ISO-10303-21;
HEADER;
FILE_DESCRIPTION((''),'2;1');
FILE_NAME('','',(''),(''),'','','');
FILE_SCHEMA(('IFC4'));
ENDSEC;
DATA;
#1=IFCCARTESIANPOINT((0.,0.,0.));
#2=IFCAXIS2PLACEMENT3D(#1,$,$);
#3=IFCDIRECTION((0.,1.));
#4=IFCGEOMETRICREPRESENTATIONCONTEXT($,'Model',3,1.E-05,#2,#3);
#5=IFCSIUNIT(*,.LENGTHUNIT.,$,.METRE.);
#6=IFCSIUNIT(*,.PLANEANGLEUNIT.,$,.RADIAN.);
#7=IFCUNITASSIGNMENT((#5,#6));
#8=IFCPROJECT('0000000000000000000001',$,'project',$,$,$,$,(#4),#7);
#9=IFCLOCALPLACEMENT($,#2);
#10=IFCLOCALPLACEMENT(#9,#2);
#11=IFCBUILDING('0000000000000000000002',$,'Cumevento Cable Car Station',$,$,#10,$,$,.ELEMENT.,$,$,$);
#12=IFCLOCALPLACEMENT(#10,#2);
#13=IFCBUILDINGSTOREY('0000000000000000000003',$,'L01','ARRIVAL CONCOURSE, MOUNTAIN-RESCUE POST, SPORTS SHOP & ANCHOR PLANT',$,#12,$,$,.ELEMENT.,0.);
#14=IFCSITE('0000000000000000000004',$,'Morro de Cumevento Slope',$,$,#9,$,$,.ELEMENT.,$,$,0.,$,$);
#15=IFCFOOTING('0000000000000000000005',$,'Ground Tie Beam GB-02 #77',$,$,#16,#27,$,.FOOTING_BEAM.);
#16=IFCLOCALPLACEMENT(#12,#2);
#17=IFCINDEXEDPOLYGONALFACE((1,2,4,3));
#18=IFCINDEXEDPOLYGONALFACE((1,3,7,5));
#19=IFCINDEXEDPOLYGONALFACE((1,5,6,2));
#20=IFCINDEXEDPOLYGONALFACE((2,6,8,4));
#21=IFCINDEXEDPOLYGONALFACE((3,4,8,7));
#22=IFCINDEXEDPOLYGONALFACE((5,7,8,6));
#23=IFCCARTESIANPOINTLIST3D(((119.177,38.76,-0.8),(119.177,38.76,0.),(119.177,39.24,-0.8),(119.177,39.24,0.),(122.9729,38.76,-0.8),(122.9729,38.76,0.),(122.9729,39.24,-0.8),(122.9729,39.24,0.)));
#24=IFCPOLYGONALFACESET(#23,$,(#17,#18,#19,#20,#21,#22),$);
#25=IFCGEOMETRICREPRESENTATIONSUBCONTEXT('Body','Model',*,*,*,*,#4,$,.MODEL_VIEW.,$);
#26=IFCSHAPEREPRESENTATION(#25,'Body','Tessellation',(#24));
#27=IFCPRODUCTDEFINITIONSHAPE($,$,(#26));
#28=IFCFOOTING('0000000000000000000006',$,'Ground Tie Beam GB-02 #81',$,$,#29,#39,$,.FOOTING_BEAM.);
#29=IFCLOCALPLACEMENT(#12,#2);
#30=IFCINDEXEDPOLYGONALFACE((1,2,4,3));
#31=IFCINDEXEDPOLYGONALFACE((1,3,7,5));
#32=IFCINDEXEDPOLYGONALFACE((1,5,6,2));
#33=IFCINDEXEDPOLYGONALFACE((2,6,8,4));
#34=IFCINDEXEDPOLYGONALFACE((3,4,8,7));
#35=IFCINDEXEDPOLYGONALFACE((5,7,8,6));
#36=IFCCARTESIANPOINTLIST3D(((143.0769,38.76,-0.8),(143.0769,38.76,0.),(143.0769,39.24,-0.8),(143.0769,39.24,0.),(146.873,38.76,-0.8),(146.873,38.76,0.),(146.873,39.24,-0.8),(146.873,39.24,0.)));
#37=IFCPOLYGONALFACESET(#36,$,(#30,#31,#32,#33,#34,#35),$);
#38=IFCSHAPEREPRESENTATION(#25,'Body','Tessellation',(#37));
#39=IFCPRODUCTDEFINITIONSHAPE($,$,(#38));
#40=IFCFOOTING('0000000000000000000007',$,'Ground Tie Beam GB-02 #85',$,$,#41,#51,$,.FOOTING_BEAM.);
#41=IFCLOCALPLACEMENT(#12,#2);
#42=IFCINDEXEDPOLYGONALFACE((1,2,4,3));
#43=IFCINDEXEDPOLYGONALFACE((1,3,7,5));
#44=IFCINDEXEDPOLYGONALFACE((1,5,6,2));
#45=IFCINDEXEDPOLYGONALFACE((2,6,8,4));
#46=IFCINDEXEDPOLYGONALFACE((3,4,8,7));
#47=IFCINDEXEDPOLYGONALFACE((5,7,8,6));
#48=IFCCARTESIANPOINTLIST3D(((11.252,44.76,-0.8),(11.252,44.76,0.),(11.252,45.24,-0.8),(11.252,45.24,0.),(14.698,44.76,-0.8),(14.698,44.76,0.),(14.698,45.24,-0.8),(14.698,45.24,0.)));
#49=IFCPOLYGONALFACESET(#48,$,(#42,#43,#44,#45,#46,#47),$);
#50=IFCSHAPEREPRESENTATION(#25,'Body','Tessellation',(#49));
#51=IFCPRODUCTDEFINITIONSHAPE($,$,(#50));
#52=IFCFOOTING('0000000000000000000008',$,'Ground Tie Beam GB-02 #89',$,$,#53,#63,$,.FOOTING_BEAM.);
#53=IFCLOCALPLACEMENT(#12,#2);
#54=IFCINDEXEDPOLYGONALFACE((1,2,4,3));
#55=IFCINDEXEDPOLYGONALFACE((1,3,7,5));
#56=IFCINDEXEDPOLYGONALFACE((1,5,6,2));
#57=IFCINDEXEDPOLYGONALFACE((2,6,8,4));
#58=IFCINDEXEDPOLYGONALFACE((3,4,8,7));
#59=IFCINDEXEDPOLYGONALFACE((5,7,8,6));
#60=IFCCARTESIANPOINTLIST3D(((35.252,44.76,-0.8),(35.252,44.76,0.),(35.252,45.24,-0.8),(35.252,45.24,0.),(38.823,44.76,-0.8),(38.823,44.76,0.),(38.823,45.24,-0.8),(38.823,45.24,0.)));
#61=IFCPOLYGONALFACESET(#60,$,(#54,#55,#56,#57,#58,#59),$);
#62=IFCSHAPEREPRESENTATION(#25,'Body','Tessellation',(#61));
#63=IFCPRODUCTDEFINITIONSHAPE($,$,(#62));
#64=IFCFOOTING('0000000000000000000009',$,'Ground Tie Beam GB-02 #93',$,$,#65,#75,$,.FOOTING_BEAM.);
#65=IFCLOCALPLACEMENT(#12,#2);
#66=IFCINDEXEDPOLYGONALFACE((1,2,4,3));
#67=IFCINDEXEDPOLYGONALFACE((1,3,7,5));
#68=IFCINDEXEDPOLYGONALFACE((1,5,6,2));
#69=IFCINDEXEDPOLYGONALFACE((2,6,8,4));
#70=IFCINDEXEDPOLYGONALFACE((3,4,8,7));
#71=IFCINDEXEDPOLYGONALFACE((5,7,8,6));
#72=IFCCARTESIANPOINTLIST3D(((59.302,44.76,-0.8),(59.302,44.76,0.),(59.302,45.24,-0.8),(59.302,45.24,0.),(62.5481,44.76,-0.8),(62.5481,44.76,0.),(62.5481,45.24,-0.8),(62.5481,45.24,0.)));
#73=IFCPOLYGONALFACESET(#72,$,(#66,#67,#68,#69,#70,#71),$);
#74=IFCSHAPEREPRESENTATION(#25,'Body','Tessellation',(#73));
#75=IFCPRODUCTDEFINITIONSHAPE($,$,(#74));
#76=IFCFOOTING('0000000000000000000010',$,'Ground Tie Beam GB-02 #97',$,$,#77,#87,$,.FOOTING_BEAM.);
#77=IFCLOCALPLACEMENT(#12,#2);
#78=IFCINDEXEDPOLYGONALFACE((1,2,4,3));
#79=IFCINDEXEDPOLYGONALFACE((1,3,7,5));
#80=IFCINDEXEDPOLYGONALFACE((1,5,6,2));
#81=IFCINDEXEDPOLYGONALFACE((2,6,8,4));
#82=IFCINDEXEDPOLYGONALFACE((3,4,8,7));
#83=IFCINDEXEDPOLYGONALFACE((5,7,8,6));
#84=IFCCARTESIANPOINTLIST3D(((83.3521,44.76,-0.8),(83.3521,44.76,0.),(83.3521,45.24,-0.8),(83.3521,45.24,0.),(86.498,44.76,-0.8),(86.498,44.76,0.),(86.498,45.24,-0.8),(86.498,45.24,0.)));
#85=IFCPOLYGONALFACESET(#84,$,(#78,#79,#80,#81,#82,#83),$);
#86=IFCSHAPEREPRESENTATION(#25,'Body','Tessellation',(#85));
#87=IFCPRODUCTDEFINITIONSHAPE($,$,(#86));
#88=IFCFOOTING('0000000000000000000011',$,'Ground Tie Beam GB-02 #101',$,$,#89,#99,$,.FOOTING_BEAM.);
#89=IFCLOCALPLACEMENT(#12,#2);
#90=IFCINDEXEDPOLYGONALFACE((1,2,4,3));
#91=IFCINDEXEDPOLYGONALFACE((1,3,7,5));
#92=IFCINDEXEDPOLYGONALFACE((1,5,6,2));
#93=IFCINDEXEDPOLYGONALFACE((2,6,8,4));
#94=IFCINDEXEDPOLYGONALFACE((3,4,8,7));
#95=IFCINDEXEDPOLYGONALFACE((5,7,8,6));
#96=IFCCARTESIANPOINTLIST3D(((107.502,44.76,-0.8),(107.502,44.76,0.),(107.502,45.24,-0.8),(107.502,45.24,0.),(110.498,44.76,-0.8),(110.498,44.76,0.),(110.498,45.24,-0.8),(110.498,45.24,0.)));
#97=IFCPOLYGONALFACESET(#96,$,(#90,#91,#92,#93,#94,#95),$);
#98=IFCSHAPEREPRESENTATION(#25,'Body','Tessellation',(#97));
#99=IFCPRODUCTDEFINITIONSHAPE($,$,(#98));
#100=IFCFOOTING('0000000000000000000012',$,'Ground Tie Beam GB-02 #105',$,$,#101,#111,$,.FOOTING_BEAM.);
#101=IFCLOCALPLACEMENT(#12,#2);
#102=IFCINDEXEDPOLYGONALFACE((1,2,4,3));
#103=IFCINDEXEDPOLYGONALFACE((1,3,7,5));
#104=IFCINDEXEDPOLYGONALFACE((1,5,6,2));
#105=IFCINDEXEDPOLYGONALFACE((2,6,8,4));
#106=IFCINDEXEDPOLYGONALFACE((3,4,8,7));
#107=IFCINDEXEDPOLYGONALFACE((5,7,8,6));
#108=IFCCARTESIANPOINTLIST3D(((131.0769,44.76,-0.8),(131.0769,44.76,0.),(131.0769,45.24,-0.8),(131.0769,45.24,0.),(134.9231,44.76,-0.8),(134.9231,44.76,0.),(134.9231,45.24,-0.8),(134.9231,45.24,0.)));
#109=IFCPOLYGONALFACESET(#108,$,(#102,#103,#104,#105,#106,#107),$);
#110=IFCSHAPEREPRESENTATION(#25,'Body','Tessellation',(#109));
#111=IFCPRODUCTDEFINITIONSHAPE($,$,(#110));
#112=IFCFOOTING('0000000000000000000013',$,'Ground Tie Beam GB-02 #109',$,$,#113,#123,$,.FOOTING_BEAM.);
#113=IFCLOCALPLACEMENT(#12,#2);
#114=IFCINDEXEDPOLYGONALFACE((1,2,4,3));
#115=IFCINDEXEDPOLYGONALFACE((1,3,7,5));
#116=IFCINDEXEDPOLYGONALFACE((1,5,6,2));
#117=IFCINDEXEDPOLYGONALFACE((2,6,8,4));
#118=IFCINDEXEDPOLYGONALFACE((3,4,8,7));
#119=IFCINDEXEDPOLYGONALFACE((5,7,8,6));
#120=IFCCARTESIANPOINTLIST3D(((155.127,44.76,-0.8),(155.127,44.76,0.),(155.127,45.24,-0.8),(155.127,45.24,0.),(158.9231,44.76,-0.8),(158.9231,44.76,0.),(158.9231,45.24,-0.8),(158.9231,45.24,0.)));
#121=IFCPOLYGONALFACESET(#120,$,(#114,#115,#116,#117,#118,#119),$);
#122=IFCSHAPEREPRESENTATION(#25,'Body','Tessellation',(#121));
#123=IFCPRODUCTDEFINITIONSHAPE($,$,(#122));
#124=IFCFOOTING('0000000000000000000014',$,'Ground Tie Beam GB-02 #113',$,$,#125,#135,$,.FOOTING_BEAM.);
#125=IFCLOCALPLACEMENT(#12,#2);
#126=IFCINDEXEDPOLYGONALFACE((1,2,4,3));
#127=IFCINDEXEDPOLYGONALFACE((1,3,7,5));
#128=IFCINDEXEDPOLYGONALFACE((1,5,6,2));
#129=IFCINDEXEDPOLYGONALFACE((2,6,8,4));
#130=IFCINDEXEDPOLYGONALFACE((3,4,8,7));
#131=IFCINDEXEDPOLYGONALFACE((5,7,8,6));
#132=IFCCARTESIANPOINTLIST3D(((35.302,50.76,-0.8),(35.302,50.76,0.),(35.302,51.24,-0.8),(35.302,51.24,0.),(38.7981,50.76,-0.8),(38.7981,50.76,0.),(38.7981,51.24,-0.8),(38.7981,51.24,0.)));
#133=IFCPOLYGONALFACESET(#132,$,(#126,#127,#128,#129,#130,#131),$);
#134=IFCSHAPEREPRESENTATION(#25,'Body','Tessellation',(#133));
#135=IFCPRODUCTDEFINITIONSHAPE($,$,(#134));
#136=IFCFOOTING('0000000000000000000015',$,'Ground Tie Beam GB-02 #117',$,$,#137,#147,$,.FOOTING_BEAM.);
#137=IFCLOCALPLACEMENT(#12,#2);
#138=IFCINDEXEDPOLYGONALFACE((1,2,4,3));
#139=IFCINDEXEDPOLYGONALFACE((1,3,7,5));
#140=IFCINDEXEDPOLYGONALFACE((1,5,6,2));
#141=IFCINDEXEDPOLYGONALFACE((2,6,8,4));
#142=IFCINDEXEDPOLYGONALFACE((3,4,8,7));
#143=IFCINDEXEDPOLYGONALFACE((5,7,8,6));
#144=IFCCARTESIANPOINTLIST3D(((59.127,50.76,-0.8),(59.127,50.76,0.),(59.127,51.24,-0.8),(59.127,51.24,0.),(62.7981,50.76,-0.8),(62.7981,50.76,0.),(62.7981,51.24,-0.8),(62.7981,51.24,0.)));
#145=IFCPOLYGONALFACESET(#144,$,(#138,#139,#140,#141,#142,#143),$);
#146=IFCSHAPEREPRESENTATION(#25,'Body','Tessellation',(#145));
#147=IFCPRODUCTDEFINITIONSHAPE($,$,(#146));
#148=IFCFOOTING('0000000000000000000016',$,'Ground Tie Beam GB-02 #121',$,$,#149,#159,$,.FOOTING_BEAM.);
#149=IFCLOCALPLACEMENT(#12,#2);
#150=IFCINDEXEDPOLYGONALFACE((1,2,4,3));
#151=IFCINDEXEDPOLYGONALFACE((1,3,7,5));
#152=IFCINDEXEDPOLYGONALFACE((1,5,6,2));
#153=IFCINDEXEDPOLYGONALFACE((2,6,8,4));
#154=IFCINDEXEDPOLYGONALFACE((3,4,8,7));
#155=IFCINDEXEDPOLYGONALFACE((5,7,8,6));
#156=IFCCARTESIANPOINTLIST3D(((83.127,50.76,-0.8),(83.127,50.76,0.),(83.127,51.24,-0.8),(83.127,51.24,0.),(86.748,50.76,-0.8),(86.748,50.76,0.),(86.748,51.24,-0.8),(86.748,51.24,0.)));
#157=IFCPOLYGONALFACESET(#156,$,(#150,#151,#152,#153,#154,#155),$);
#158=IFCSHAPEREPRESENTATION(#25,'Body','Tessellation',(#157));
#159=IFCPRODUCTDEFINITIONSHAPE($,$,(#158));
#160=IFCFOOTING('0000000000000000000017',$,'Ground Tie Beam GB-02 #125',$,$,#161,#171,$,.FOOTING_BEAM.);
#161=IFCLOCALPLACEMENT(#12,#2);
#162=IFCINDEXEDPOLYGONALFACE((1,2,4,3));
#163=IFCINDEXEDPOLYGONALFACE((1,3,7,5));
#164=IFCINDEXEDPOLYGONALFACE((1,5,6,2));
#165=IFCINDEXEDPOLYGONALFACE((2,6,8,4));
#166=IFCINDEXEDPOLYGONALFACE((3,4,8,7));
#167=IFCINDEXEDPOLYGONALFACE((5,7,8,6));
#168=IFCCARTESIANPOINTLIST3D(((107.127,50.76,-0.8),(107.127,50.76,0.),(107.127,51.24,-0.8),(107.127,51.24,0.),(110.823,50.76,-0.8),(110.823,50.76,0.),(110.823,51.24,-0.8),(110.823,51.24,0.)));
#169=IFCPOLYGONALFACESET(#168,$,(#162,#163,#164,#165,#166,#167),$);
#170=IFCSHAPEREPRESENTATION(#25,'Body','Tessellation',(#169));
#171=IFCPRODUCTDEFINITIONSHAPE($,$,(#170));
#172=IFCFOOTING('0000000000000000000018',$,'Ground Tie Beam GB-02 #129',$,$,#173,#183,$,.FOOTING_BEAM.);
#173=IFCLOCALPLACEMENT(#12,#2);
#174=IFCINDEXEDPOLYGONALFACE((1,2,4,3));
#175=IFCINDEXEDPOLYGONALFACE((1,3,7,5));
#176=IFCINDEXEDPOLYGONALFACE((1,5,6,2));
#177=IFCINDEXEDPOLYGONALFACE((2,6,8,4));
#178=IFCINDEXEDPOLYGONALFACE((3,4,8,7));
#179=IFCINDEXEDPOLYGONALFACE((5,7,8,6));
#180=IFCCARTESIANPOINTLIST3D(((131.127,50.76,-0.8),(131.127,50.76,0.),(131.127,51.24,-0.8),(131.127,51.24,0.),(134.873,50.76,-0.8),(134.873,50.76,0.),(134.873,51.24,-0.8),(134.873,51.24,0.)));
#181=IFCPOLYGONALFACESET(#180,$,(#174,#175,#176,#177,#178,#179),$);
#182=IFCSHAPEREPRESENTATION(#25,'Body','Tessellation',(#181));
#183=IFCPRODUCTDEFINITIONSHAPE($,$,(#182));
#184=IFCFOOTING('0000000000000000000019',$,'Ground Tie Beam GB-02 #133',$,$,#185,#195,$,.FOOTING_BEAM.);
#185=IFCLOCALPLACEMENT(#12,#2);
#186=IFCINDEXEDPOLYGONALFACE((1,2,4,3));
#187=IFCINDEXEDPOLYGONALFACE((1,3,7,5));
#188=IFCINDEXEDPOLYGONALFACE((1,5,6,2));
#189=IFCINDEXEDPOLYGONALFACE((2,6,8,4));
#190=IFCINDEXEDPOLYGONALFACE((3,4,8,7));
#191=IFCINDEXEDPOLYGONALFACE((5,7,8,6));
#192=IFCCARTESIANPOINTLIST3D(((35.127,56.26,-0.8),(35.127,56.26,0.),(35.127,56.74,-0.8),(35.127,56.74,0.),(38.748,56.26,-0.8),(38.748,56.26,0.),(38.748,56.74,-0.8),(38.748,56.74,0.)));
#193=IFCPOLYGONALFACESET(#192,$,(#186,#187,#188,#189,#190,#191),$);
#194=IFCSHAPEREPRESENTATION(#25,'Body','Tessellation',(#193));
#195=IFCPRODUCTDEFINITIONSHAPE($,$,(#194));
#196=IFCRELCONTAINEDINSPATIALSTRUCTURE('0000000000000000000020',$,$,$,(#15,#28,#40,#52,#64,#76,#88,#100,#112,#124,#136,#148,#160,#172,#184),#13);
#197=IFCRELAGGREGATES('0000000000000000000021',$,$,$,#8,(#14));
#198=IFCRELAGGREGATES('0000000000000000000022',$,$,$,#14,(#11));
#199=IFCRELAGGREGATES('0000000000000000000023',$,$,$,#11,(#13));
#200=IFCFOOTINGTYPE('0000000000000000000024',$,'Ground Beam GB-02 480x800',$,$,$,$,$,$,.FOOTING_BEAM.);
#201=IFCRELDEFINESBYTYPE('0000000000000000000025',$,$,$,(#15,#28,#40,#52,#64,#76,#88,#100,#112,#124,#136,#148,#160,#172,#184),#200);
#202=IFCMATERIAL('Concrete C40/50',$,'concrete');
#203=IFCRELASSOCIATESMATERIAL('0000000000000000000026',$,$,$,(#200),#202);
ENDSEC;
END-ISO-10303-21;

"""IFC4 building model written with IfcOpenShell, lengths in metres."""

from ifc_helpers import new_model, si_unit, direction, frame, origin, place, context, subcontext, project, spatial, polyline, outline, extrude, material, type_object, element, save


model = new_model("IFC4")

# Units and contexts
model_context = context("Model", 3, precision=1e-05, world=origin(), true_north=direction((0.0, 1.0)))
body_context = subcontext(model_context, "Body", "Model", "MODEL_VIEW")
ifc_project = project(units=[si_unit("LENGTHUNIT", "METRE"), si_unit("PLANEANGLEUNIT", "RADIAN")], contexts=[model_context])

# Site, building, storey
site_placement = place(None, origin())
site = spatial("IfcSite", under=ifc_project, at=site_placement, Name="Morro de Cumevento Slope", CompositionType="ELEMENT", RefElevation=0.0)
building_placement = place(site_placement, origin())
building = spatial("IfcBuilding", under=site, at=building_placement, Name="Cumevento Cable Car Station", CompositionType="ELEMENT")
storey_placement = place(building_placement, origin())
storey = spatial("IfcBuildingStorey", under=building, at=storey_placement, Name="L01", Description="ARRIVAL CONCOURSE, MOUNTAIN-RESCUE POST, SPORTS SHOP & ANCHOR PLANT", CompositionType="ELEMENT", Elevation=0.0)

# Footings
ifc_material_1 = material(Name="Concrete C40/50", Category="concrete")
footing_type_1 = type_object("IfcFootingType", Name="Ground Beam GB-02 480x800", PredefinedType="FOOTING_BEAM", material=ifc_material_1)
footing_1_placement = place(storey_placement, frame((0.0, 0.0, -0.8)))
element("IfcFooting", 1, at=footing_1_placement, inside=storey, type_object=footing_type_1, Name="Ground Tie Beam GB-02 #77", PredefinedType="FOOTING_BEAM", context=body_context, shape_type="SweptSolid", body=[
    extrude(outline(polyline([(119.177, 38.76), (122.9729, 38.76), (122.9729, 39.24), (119.177, 39.24), (119.177, 38.76)])), origin(), (0.0, 0.0, 1.0), 0.8),
])
footing_2_placement = place(storey_placement, frame((0.0, 0.0, -0.8)))
element("IfcFooting", 2, at=footing_2_placement, inside=storey, type_object=footing_type_1, Name="Ground Tie Beam GB-02 #81", PredefinedType="FOOTING_BEAM", context=body_context, shape_type="SweptSolid", body=[
    extrude(outline(polyline([(143.0769, 38.76), (146.873, 38.76), (146.873, 39.24), (143.0769, 39.24), (143.0769, 38.76)])), origin(), (0.0, 0.0, 1.0), 0.8),
])
footing_3_placement = place(storey_placement, frame((0.0, 0.0, -0.8)))
element("IfcFooting", 3, at=footing_3_placement, inside=storey, type_object=footing_type_1, Name="Ground Tie Beam GB-02 #85", PredefinedType="FOOTING_BEAM", context=body_context, shape_type="SweptSolid", body=[
    extrude(outline(polyline([(11.252, 44.76), (14.698, 44.76), (14.698, 45.24), (11.252, 45.24), (11.252, 44.76)])), origin(), (0.0, 0.0, 1.0), 0.8),
])
footing_4_placement = place(storey_placement, frame((0.0, 0.0, -0.8)))
element("IfcFooting", 4, at=footing_4_placement, inside=storey, type_object=footing_type_1, Name="Ground Tie Beam GB-02 #89", PredefinedType="FOOTING_BEAM", context=body_context, shape_type="SweptSolid", body=[
    extrude(outline(polyline([(35.252, 44.76), (38.823, 44.76), (38.823, 45.24), (35.252, 45.24), (35.252, 44.76)])), origin(), (0.0, 0.0, 1.0), 0.8),
])
footing_5_placement = place(storey_placement, frame((0.0, 0.0, -0.8)))
element("IfcFooting", 5, at=footing_5_placement, inside=storey, type_object=footing_type_1, Name="Ground Tie Beam GB-02 #93", PredefinedType="FOOTING_BEAM", context=body_context, shape_type="SweptSolid", body=[
    extrude(outline(polyline([(59.302, 44.76), (62.5481, 44.76), (62.5481, 45.24), (59.302, 45.24), (59.302, 44.76)])), origin(), (0.0, 0.0, 1.0), 0.8),
])
footing_6_placement = place(storey_placement, frame((0.0, 0.0, -0.8)))
element("IfcFooting", 6, at=footing_6_placement, inside=storey, type_object=footing_type_1, Name="Ground Tie Beam GB-02 #97", PredefinedType="FOOTING_BEAM", context=body_context, shape_type="SweptSolid", body=[
    extrude(outline(polyline([(83.3521, 44.76), (86.498, 44.76), (86.498, 45.24), (83.3521, 45.24), (83.3521, 44.76)])), origin(), (0.0, 0.0, 1.0), 0.8),
])
footing_7_placement = place(storey_placement, frame((0.0, 0.0, -0.8)))
element("IfcFooting", 7, at=footing_7_placement, inside=storey, type_object=footing_type_1, Name="Ground Tie Beam GB-02 #101", PredefinedType="FOOTING_BEAM", context=body_context, shape_type="SweptSolid", body=[
    extrude(outline(polyline([(107.502, 44.76), (110.498, 44.76), (110.498, 45.24), (107.502, 45.24), (107.502, 44.76)])), origin(), (0.0, 0.0, 1.0), 0.8),
])
footing_8_placement = place(storey_placement, frame((0.0, 0.0, -0.8)))
element("IfcFooting", 8, at=footing_8_placement, inside=storey, type_object=footing_type_1, Name="Ground Tie Beam GB-02 #105", PredefinedType="FOOTING_BEAM", context=body_context, shape_type="SweptSolid", body=[
    extrude(outline(polyline([(131.0769, 44.76), (134.9231, 44.76), (134.9231, 45.24), (131.0769, 45.24), (131.0769, 44.76)])), origin(), (0.0, 0.0, 1.0), 0.8),
])
footing_9_placement = place(storey_placement, frame((0.0, 0.0, -0.8)))
element("IfcFooting", 9, at=footing_9_placement, inside=storey, type_object=footing_type_1, Name="Ground Tie Beam GB-02 #109", PredefinedType="FOOTING_BEAM", context=body_context, shape_type="SweptSolid", body=[
    extrude(outline(polyline([(155.127, 44.76), (158.9231, 44.76), (158.9231, 45.24), (155.127, 45.24), (155.127, 44.76)])), origin(), (0.0, 0.0, 1.0), 0.8),
])
footing_10_placement = place(storey_placement, frame((0.0, 0.0, -0.8)))
element("IfcFooting", 10, at=footing_10_placement, inside=storey, type_object=footing_type_1, Name="Ground Tie Beam GB-02 #113", PredefinedType="FOOTING_BEAM", context=body_context, shape_type="SweptSolid", body=[
    extrude(outline(polyline([(35.302, 50.76), (38.7981, 50.76), (38.7981, 51.24), (35.302, 51.24), (35.302, 50.76)])), origin(), (0.0, 0.0, 1.0), 0.8),
])
footing_11_placement = place(storey_placement, frame((0.0, 0.0, -0.8)))
element("IfcFooting", 11, at=footing_11_placement, inside=storey, type_object=footing_type_1, Name="Ground Tie Beam GB-02 #117", PredefinedType="FOOTING_BEAM", context=body_context, shape_type="SweptSolid", body=[
    extrude(outline(polyline([(59.127, 50.76), (62.7981, 50.76), (62.7981, 51.24), (59.127, 51.24), (59.127, 50.76)])), origin(), (0.0, 0.0, 1.0), 0.8),
])
footing_12_placement = place(storey_placement, frame((0.0, 0.0, -0.8)))
element("IfcFooting", 12, at=footing_12_placement, inside=storey, type_object=footing_type_1, Name="Ground Tie Beam GB-02 #121", PredefinedType="FOOTING_BEAM", context=body_context, shape_type="SweptSolid", body=[
    extrude(outline(polyline([(83.127, 50.76), (86.748, 50.76), (86.748, 51.24), (83.127, 51.24), (83.127, 50.76)])), origin(), (0.0, 0.0, 1.0), 0.8),
])
footing_13_placement = place(storey_placement, frame((0.0, 0.0, -0.8)))
element("IfcFooting", 13, at=footing_13_placement, inside=storey, type_object=footing_type_1, Name="Ground Tie Beam GB-02 #125", PredefinedType="FOOTING_BEAM", context=body_context, shape_type="SweptSolid", body=[
    extrude(outline(polyline([(107.127, 50.76), (110.823, 50.76), (110.823, 51.24), (107.127, 51.24), (107.127, 50.76)])), origin(), (0.0, 0.0, 1.0), 0.8),
])
footing_14_placement = place(storey_placement, frame((0.0, 0.0, -0.8)))
element("IfcFooting", 14, at=footing_14_placement, inside=storey, type_object=footing_type_1, Name="Ground Tie Beam GB-02 #129", PredefinedType="FOOTING_BEAM", context=body_context, shape_type="SweptSolid", body=[
    extrude(outline(polyline([(131.127, 50.76), (134.873, 50.76), (134.873, 51.24), (131.127, 51.24), (131.127, 50.76)])), origin(), (0.0, 0.0, 1.0), 0.8),
])
footing_15_placement = place(storey_placement, frame((0.0, 0.0, -0.8)))
element("IfcFooting", 15, at=footing_15_placement, inside=storey, type_object=footing_type_1, Name="Ground Tie Beam GB-02 #133", PredefinedType="FOOTING_BEAM", context=body_context, shape_type="SweptSolid", body=[
    extrude(outline(polyline([(35.127, 56.26), (38.748, 56.26), (38.748, 56.74), (35.127, 56.74), (35.127, 56.26)])), origin(), (0.0, 0.0, 1.0), 0.8),
])

save(model, "model.ifc")
